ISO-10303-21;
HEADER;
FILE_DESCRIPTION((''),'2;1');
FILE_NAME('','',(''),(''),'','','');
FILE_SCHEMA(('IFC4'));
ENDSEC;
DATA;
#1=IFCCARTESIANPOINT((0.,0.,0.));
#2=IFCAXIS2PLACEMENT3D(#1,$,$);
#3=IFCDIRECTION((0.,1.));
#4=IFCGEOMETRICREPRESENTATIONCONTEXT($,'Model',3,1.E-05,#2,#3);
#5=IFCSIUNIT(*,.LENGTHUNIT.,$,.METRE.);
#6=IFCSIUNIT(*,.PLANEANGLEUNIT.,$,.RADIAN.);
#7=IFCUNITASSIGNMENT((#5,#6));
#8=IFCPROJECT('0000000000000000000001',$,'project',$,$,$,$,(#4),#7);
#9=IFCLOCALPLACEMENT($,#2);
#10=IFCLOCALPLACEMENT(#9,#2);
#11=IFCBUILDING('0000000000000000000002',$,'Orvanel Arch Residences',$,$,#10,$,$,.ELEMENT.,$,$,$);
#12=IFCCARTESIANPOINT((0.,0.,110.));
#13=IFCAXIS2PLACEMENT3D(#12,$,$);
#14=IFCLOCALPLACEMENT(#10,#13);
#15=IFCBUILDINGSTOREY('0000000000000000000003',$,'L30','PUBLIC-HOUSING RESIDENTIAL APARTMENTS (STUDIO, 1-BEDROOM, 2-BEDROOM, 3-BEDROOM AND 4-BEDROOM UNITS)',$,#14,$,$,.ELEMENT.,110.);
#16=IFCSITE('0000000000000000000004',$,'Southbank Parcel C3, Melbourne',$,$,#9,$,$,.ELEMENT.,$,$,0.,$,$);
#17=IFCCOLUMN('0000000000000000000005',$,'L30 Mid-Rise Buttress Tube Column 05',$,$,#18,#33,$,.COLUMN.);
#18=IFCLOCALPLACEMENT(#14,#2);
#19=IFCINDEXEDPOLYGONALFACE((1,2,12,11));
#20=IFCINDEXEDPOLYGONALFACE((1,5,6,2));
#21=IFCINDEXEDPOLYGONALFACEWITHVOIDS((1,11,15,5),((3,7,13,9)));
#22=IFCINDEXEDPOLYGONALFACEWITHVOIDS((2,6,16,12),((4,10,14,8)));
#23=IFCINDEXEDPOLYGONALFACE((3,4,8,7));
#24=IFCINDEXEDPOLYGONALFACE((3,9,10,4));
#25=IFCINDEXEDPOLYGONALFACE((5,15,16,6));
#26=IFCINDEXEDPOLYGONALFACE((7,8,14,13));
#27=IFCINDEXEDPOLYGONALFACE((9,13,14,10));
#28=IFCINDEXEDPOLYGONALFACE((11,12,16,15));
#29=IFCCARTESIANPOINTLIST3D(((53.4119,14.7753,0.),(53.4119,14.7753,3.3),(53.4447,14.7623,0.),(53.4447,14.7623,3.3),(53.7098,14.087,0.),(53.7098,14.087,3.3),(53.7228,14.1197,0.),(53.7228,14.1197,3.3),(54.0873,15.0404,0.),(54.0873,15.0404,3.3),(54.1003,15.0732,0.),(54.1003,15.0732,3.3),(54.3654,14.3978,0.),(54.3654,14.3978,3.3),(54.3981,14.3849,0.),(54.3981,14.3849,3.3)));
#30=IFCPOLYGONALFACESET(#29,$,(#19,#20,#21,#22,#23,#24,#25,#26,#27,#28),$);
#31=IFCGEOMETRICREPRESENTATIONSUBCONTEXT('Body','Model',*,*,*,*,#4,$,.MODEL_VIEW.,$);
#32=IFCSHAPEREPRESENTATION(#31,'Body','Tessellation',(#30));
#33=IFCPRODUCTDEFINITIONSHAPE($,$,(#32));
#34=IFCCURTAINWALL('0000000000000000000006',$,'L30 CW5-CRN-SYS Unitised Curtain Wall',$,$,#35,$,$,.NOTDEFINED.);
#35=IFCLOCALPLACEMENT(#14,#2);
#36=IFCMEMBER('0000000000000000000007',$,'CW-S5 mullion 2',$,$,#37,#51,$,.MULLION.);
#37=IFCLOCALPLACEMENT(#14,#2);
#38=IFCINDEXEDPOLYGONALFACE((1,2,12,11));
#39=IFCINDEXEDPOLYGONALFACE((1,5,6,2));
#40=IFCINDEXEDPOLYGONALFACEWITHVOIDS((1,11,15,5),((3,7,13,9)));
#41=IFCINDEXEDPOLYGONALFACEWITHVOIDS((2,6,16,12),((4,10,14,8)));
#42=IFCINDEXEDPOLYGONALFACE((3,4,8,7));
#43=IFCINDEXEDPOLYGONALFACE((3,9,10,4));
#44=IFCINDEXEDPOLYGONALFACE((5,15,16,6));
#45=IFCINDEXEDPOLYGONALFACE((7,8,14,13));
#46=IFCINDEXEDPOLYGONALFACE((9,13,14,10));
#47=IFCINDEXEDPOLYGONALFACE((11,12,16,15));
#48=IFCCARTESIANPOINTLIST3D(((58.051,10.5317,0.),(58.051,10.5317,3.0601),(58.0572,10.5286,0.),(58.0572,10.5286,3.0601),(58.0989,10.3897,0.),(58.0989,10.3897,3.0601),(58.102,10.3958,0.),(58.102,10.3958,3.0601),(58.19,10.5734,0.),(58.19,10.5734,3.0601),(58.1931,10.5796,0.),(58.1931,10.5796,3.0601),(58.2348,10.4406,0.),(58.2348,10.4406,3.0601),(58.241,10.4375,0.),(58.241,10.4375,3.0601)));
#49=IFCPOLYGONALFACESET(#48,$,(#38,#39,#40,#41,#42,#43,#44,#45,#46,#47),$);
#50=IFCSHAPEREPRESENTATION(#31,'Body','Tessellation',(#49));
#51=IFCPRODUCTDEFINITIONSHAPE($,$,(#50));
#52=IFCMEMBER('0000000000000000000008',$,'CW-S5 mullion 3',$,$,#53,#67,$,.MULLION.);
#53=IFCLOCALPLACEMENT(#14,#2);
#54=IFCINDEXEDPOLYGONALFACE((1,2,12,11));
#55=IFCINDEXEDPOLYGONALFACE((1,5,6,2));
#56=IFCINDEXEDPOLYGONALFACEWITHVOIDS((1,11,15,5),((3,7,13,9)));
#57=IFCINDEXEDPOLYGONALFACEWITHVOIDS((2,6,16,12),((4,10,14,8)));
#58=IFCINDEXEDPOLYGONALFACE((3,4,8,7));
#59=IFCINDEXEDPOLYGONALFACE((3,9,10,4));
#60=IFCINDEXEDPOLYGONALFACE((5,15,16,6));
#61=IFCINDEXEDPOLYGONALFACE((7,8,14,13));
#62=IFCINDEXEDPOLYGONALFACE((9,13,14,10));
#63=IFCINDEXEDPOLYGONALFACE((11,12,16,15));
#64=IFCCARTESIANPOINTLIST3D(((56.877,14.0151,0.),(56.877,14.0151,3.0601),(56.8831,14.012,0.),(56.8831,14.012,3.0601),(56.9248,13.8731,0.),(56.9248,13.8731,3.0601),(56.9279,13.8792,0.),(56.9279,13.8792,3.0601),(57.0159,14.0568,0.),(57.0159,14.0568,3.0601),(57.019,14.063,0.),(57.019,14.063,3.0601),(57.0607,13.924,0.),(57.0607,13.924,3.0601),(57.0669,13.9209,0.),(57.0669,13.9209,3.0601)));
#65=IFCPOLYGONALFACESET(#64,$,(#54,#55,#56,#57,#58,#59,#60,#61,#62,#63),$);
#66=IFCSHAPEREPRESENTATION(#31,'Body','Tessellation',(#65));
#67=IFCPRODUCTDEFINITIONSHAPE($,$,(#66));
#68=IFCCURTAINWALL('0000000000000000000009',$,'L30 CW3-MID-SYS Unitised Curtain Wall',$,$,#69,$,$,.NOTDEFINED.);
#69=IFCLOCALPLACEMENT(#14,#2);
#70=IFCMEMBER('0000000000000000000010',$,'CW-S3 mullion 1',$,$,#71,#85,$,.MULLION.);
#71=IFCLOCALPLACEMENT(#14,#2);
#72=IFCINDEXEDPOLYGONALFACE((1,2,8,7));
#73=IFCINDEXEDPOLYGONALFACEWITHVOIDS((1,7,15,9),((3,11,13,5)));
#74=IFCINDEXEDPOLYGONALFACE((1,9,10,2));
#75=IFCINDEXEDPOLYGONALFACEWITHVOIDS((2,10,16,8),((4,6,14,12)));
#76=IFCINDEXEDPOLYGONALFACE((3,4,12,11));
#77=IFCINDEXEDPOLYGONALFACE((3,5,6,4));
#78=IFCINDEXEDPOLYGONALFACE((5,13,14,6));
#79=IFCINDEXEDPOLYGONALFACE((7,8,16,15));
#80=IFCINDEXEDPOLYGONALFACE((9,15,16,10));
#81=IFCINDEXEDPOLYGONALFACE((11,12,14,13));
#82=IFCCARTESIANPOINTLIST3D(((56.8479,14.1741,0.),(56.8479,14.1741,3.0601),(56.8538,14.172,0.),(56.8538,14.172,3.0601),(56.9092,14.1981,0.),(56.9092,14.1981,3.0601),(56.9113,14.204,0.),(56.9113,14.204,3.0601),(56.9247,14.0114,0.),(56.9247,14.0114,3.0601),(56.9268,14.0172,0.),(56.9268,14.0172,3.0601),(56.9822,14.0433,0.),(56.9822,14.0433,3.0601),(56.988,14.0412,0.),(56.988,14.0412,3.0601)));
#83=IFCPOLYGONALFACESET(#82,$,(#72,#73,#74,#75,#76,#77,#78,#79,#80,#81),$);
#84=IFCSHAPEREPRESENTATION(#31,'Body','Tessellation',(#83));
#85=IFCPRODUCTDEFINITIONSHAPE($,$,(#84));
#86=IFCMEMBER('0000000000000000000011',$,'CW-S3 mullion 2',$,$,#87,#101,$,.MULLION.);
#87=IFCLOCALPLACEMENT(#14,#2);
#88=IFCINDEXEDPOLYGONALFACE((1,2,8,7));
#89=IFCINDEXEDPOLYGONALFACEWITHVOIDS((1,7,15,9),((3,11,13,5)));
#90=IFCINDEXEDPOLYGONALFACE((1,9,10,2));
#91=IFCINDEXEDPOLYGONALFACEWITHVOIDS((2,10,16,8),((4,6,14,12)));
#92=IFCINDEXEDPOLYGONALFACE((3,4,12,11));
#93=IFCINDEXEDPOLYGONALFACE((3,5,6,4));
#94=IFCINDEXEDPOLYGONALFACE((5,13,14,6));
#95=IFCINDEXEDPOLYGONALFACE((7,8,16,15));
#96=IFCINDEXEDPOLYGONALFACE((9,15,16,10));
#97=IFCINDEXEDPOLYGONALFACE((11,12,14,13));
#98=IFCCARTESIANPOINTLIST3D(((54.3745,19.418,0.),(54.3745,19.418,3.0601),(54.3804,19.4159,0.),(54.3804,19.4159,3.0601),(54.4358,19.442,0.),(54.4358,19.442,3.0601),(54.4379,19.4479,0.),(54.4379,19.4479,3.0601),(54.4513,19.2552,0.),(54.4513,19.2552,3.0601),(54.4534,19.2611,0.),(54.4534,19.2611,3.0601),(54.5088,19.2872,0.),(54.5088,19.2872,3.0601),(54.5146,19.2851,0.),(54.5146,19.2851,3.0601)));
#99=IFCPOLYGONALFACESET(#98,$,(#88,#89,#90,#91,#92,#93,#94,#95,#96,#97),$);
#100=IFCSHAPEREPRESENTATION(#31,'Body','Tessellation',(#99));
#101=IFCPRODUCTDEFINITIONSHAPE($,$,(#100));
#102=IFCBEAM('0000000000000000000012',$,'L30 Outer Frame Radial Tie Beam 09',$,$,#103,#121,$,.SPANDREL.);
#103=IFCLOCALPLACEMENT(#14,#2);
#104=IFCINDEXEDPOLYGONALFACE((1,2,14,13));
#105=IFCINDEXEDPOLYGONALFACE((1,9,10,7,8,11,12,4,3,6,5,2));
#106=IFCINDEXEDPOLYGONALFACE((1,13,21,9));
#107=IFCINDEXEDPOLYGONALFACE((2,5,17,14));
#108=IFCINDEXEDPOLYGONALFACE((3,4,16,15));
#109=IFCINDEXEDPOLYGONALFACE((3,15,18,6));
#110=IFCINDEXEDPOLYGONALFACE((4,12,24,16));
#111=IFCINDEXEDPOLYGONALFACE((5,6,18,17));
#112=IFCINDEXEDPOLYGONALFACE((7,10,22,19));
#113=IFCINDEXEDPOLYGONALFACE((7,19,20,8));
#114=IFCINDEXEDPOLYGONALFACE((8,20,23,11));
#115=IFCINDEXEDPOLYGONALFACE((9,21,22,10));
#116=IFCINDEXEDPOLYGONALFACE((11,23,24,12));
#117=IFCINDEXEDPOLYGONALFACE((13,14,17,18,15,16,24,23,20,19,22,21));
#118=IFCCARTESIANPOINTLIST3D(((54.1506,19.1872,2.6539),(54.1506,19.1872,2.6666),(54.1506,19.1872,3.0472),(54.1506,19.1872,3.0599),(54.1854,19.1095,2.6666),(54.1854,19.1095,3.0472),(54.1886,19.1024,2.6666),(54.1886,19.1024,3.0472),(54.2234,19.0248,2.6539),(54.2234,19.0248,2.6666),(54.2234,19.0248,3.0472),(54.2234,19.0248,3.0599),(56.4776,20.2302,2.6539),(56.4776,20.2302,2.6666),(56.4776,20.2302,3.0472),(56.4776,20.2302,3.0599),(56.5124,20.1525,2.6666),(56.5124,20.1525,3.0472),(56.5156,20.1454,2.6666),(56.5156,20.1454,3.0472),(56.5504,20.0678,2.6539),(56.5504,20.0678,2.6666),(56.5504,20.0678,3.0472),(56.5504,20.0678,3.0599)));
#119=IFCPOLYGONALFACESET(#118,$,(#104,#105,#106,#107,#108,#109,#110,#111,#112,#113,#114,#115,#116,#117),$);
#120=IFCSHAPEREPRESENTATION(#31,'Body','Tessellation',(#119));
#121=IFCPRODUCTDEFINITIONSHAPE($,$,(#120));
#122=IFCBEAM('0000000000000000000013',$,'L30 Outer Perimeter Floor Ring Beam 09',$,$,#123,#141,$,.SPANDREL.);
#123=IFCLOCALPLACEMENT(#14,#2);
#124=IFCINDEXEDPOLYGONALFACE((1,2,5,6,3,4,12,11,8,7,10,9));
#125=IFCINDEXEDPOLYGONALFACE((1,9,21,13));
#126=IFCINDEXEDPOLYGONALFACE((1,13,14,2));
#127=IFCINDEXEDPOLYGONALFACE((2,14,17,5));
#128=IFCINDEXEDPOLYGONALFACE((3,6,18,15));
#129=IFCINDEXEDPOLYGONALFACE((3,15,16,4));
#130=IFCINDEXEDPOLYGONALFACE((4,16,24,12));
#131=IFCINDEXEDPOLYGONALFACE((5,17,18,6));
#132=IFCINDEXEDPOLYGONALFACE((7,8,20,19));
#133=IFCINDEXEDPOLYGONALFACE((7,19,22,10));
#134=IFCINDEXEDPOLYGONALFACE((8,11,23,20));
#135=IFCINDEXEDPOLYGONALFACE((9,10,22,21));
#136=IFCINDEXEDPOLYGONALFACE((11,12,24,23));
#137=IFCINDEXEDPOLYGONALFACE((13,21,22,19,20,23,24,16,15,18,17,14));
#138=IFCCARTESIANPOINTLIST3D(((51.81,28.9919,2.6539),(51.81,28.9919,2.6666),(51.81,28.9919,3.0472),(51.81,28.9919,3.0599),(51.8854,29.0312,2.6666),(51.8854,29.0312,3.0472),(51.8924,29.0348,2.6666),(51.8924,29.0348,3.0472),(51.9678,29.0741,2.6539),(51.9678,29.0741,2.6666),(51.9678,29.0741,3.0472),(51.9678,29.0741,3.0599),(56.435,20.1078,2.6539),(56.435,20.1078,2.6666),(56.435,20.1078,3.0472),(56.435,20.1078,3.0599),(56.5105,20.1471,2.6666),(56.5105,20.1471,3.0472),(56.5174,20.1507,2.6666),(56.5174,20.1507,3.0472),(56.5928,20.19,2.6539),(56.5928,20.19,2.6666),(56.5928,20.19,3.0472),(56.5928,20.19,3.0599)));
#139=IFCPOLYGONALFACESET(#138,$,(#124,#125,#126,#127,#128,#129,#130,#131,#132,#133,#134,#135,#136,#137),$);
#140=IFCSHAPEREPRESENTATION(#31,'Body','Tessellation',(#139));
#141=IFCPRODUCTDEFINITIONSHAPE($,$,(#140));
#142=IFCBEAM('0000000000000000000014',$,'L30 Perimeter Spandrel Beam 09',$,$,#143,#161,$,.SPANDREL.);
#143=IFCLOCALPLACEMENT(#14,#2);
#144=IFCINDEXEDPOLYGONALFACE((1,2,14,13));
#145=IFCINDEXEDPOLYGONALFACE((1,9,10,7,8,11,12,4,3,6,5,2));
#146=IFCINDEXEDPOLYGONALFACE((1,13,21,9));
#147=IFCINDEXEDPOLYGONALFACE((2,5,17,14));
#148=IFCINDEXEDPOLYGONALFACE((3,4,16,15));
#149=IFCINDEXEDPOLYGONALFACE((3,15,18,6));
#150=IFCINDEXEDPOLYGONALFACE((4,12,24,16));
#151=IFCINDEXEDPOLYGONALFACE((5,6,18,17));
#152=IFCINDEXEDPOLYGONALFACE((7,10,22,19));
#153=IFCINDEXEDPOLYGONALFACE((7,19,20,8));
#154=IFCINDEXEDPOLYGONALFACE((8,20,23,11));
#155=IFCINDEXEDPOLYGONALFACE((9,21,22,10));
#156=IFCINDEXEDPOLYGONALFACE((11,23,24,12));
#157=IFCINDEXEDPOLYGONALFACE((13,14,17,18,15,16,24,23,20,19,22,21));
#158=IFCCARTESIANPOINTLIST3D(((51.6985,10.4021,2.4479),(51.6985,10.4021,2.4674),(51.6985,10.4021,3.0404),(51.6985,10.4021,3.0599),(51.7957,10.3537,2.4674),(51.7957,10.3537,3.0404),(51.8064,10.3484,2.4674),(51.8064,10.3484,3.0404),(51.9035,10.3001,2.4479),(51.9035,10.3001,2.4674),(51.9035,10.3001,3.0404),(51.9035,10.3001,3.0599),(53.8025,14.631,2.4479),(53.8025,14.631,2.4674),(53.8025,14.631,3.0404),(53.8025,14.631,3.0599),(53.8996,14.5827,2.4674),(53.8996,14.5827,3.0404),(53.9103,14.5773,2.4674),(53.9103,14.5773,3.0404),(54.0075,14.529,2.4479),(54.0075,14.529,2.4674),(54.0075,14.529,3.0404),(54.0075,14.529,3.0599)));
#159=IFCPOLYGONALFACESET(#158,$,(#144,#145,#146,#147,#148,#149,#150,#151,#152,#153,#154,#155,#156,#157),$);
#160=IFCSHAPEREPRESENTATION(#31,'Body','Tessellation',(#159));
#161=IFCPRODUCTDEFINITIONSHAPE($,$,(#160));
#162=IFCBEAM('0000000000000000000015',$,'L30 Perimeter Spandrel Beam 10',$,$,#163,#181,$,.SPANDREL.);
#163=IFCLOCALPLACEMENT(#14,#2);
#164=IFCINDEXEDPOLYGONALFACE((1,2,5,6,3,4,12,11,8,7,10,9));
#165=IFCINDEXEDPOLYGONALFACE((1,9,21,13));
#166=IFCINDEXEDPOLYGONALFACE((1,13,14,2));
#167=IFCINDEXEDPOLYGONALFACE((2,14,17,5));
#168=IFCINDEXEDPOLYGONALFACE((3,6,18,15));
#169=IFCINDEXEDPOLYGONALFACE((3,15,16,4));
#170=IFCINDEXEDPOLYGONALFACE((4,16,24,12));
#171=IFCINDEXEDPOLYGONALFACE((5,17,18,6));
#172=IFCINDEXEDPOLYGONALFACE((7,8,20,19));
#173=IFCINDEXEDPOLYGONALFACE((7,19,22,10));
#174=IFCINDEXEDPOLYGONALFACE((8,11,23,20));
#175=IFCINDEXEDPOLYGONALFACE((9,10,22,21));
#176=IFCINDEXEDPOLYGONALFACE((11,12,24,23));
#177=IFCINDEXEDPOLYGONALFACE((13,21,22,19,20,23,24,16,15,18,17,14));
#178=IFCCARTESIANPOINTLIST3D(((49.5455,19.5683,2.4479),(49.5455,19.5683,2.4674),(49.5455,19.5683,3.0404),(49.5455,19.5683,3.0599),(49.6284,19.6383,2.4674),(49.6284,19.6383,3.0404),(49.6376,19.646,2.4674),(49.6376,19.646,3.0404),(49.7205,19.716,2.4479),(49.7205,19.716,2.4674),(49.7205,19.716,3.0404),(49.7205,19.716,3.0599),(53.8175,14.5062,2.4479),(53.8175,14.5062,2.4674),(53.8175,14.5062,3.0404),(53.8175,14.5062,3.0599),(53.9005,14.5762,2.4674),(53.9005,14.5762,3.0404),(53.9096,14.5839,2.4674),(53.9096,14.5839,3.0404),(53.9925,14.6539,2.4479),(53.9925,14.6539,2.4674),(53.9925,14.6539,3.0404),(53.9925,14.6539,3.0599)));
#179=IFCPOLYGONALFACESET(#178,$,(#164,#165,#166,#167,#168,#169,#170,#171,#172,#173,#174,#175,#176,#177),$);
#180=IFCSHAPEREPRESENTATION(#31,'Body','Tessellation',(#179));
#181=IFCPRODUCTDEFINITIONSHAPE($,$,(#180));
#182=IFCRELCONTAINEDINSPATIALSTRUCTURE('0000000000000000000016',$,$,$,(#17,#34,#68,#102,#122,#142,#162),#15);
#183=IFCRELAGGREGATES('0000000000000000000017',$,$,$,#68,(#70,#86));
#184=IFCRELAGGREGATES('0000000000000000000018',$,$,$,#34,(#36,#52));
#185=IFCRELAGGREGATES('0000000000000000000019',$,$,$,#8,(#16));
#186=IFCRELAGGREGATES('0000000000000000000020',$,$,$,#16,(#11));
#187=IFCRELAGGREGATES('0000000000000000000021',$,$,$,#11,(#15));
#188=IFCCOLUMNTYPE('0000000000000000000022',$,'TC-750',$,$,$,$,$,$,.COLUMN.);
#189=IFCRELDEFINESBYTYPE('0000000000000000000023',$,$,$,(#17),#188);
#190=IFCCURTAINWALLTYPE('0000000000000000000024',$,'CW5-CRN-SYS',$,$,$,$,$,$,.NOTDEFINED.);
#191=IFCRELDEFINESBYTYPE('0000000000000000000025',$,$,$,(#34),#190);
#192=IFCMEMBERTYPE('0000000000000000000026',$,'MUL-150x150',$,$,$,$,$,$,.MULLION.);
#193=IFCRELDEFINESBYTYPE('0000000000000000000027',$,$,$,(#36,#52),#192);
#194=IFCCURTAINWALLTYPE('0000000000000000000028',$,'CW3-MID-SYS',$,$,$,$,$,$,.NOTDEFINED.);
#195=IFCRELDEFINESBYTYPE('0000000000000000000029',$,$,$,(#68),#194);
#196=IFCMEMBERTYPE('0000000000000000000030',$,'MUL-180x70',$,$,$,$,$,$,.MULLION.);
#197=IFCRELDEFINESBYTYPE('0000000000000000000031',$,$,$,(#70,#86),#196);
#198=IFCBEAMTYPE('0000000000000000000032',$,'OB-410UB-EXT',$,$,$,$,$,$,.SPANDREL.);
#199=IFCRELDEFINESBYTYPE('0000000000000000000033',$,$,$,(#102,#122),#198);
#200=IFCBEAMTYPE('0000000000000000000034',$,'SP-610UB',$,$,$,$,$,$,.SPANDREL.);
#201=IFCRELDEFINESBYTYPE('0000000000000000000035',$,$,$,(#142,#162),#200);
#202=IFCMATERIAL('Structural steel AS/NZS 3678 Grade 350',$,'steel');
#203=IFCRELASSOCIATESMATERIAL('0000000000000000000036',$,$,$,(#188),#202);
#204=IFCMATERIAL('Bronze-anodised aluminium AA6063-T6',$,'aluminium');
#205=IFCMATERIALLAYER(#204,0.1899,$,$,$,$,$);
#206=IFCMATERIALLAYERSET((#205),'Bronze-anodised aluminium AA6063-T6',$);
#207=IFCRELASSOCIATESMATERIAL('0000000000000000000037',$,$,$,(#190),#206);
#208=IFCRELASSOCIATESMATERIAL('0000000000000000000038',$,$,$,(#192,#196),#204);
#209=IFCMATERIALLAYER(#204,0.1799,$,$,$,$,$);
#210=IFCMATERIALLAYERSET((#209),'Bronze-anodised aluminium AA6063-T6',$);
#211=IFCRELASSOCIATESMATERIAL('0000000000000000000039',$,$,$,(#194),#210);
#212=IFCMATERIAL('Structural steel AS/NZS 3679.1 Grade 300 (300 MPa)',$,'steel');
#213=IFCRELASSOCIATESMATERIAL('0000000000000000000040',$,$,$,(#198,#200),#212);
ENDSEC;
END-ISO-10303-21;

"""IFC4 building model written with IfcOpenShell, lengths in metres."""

from ifc_helpers import new_model, si_unit, direction, frame, origin, origin_2d, place, context, subcontext, project, spatial, hollow_rectangle, i_section, extrude, material, layer, layer_set, material_profile, profile_set, type_object, element, aggregate, save


model = new_model("IFC4")

# Units and contexts
model_context = context("Model", 3, precision=1e-05, world=origin(), true_north=direction((0.0, 1.0)))
body_context = subcontext(model_context, "Body", "Model", "MODEL_VIEW")
ifc_project = project(units=[si_unit("LENGTHUNIT", "METRE"), si_unit("PLANEANGLEUNIT", "RADIAN")], contexts=[model_context])

# Site, building, storey
site_placement = place(None, origin())
site = spatial("IfcSite", under=ifc_project, at=site_placement, Name="Southbank Parcel C3, Melbourne", CompositionType="ELEMENT", RefElevation=0.0)
building_placement = place(site_placement, origin())
building = spatial("IfcBuilding", under=site, at=building_placement, Name="Orvanel Arch Residences", CompositionType="ELEMENT")
storey_placement = place(building_placement, frame((0.0, 0.0, 110.0)))
storey = spatial("IfcBuildingStorey", under=building, at=storey_placement, Name="L30", Description="PUBLIC-HOUSING RESIDENTIAL APARTMENTS (STUDIO, 1-BEDROOM, 2-BEDROOM, 3-BEDROOM AND 4-BEDROOM UNITS)", CompositionType="ELEMENT", Elevation=110.0)

# Column
ifc_material_1 = material(Name="Structural steel AS/NZS 3678 Grade 350", Category="steel")
ifc_material_profile_1 = material_profile(ifc_material_1, hollow_rectangle(XDim=0.75, YDim=0.75, WallThickness=0.0249, at=origin_2d()), Name="BOX750x750x25")
ifc_profile_set_1 = profile_set([ifc_material_profile_1], Name="Structural steel AS/NZS 3678 Grade 350")
column_type = type_object("IfcColumnType", Name="TC-750", PredefinedType="COLUMN", material=ifc_profile_set_1)
column_placement = place(storey_placement, frame((53.905, 14.5801, 0.0), z_axis=(0.0, 0.0, 1.0), x_axis=(-0.397148, 0.917755, 0.0)))
element("IfcColumn", 1, at=column_placement, inside=storey, type_object=column_type, Name="L30 Mid-Rise Buttress Tube Column 05", PredefinedType="COLUMN", context=body_context, shape_type="SweptSolid", body=[
    extrude(hollow_rectangle(XDim=0.75, YDim=0.75, WallThickness=0.0249, at=origin_2d()), origin(), (0.0, 0.0, 1.0), 3.3),
])

# Curtain walls, members
ifc_material_2 = material(Name="Bronze-anodised aluminium AA6063-T6", Category="aluminium")
ifc_layer_1 = layer(ifc_material_2, 0.1899)
ifc_layer_set_1 = layer_set([ifc_layer_1], Name="Bronze-anodised aluminium AA6063-T6")
curtain_wall_type_1 = type_object("IfcCurtainWallType", Name="CW5-CRN-SYS", PredefinedType="NOTDEFINED", material=ifc_layer_set_1)
curtain_wall_1_placement = place(storey_placement, origin())
curtain_wall_1 = element("IfcCurtainWall", 2, at=curtain_wall_1_placement, inside=storey, type_object=curtain_wall_type_1, Name="L30 CW5-CRN-SYS Unitised Curtain Wall", PredefinedType="NOTDEFINED")
ifc_material_profile_2 = material_profile(ifc_material_2, hollow_rectangle(XDim=0.1499, YDim=0.1499, WallThickness=0.0049, at=origin_2d()), Name="ALU150x150x5")
ifc_profile_set_2 = profile_set([ifc_material_profile_2], Name="Bronze-anodised aluminium AA6063-T6")
member_type_1 = type_object("IfcMemberType", Name="MUL-150x150", PredefinedType="MULLION", material=ifc_profile_set_2)
member_1_placement = place(storey_placement, frame((58.146, 10.4846, 0.0), z_axis=(0.0, 0.0, 1.0), x_axis=(-0.947625, -0.319385, 0.0)))
member_1 = element("IfcMember", 3, at=member_1_placement, type_object=member_type_1, Name="CW-S5 mullion 2", PredefinedType="MULLION", context=body_context, shape_type="SweptSolid", body=[
    extrude(hollow_rectangle(XDim=0.1499, YDim=0.1499, WallThickness=0.0049, at=origin_2d()), origin(), (0.0, 0.0, 1.0), 3.0601),
])
member_2_placement = place(storey_placement, frame((56.9719, 13.968, 0.0), z_axis=(0.0, 0.0, 1.0), x_axis=(-0.947625, -0.319385, 0.0)))
member_2 = element("IfcMember", 4, at=member_2_placement, type_object=member_type_1, Name="CW-S5 mullion 3", PredefinedType="MULLION", context=body_context, shape_type="SweptSolid", body=[
    extrude(hollow_rectangle(XDim=0.1499, YDim=0.1499, WallThickness=0.0049, at=origin_2d()), origin(), (0.0, 0.0, 1.0), 3.0601),
])
ifc_layer_2 = layer(ifc_material_2, 0.1799)
ifc_layer_set_2 = layer_set([ifc_layer_2], Name="Bronze-anodised aluminium AA6063-T6")
curtain_wall_type_2 = type_object("IfcCurtainWallType", Name="CW3-MID-SYS", PredefinedType="NOTDEFINED", material=ifc_layer_set_2)
curtain_wall_2_placement = place(storey_placement, origin())
curtain_wall_2 = element("IfcCurtainWall", 5, at=curtain_wall_2_placement, inside=storey, type_object=curtain_wall_type_2, Name="L30 CW3-MID-SYS Unitised Curtain Wall", PredefinedType="NOTDEFINED")
ifc_material_profile_3 = material_profile(ifc_material_2, hollow_rectangle(XDim=0.0701, YDim=0.1799, WallThickness=0.0044, at=origin_2d()), Name="ALU180x70x4.5")
ifc_profile_set_3 = profile_set([ifc_material_profile_3], Name="Bronze-anodised aluminium AA6063-T6")
member_type_2 = type_object("IfcMemberType", Name="MUL-180x70", PredefinedType="MULLION", material=ifc_profile_set_3)
member_3_placement = place(storey_placement, frame((56.918, 14.1077, 0.0), z_axis=(0.0, 0.0, 1.0), x_axis=(-0.904428, -0.426627, 0.0)))
member_3 = element("IfcMember", 6, at=member_3_placement, type_object=member_type_2, Name="CW-S3 mullion 1", PredefinedType="MULLION", context=body_context, shape_type="SweptSolid", body=[
    extrude(hollow_rectangle(XDim=0.0701, YDim=0.1799, WallThickness=0.0044, at=origin_2d()), origin(), (0.0, 0.0, 1.0), 3.0601),
])
member_4_placement = place(storey_placement, frame((54.4446, 19.3516, 0.0), z_axis=(0.0, 0.0, 1.0), x_axis=(-0.904428, -0.426627, 0.0)))
member_4 = element("IfcMember", 7, at=member_4_placement, type_object=member_type_2, Name="CW-S3 mullion 2", PredefinedType="MULLION", context=body_context, shape_type="SweptSolid", body=[
    extrude(hollow_rectangle(XDim=0.0701, YDim=0.1799, WallThickness=0.0044, at=origin_2d()), origin(), (0.0, 0.0, 1.0), 3.0601),
])

# Beams
ifc_material_3 = material(Name="Structural steel AS/NZS 3679.1 Grade 300 (300 MPa)", Category="steel")
ifc_material_profile_4 = material_profile(ifc_material_3, i_section(OverallWidth=0.178, OverallDepth=0.406, WebThickness=0.0078, FlangeThickness=0.0127, at=origin_2d()), Name="410UB59.7")
ifc_profile_set_4 = profile_set([ifc_material_profile_4], Name="Structural steel AS/NZS 3679.1 Grade 300 (300 MPa)")
beam_type_1 = type_object("IfcBeamType", Name="OB-410UB-EXT", PredefinedType="SPANDREL", material=ifc_profile_set_4)
beam_1_placement = place(storey_placement, frame((54.187, 19.106, 2.8569), z_axis=(0.912528, 0.409015, 0.0), x_axis=(-0.409015, 0.912528, 0.0)))
element("IfcBeam", 8, at=beam_1_placement, inside=storey, type_object=beam_type_1, Name="L30 Outer Frame Radial Tie Beam 09", PredefinedType="SPANDREL", context=body_context, shape_type="SweptSolid", body=[
    extrude(i_section(OverallWidth=0.178, OverallDepth=0.406, WebThickness=0.0078, FlangeThickness=0.0127, at=origin_2d()), origin(), (0.0, 0.0, 1.0), 2.55),
])
beam_2_placement = place(storey_placement, frame((56.5139, 20.1489, 2.8569), z_axis=(-0.461769, 0.887, 0.0), x_axis=(-0.887, -0.461769, 0.0)))
element("IfcBeam", 9, at=beam_2_placement, inside=storey, type_object=beam_type_1, Name="L30 Outer Perimeter Floor Ring Beam 09", PredefinedType="SPANDREL", context=body_context, shape_type="SweptSolid", body=[
    extrude(i_section(OverallWidth=0.178, OverallDepth=0.406, WebThickness=0.0078, FlangeThickness=0.0127, at=origin_2d()), origin(), (0.0, 0.0, 1.0), 10.0159),
])
ifc_material_profile_5 = material_profile(ifc_material_3, i_section(OverallWidth=0.229, OverallDepth=0.6121, WebThickness=0.012, FlangeThickness=0.0195, at=origin_2d()), Name="610UB125")
ifc_profile_set_5 = profile_set([ifc_material_profile_5], Name="Structural steel AS/NZS 3679.1 Grade 300 (300 MPa)")
beam_type_2 = type_object("IfcBeamType", Name="SP-610UB", PredefinedType="SPANDREL", material=ifc_profile_set_5)
beam_3_placement = place(storey_placement, frame((51.801, 10.3511, 2.7539), z_axis=(0.445435, 0.895314, 0.0), x_axis=(-0.895314, 0.445435, 0.0)))
element("IfcBeam", 10, at=beam_3_placement, inside=storey, type_object=beam_type_2, Name="L30 Perimeter Spandrel Beam 09", PredefinedType="SPANDREL", context=body_context, shape_type="SweptSolid", body=[
    extrude(i_section(OverallWidth=0.229, OverallDepth=0.6121, WebThickness=0.012, FlangeThickness=0.0195, at=origin_2d()), origin(), (0.0, 0.0, 1.0), 4.7234),
])
beam_4_placement = place(storey_placement, frame((53.905, 14.5801, 2.7539), z_axis=(-0.64495, 0.764224, 0.0), x_axis=(-0.764224, -0.64495, 0.0)))
element("IfcBeam", 11, at=beam_4_placement, inside=storey, type_object=beam_type_2, Name="L30 Perimeter Spandrel Beam 10", PredefinedType="SPANDREL", context=body_context, shape_type="SweptSolid", body=[
    extrude(i_section(OverallWidth=0.229, OverallDepth=0.6121, WebThickness=0.012, FlangeThickness=0.0195, at=origin_2d()), origin(), (0.0, 0.0, 1.0), 6.6238),
])

aggregate(curtain_wall_2, [member_3, member_4])
aggregate(curtain_wall_1, [member_1, member_2])

save(model, "model.ifc")
